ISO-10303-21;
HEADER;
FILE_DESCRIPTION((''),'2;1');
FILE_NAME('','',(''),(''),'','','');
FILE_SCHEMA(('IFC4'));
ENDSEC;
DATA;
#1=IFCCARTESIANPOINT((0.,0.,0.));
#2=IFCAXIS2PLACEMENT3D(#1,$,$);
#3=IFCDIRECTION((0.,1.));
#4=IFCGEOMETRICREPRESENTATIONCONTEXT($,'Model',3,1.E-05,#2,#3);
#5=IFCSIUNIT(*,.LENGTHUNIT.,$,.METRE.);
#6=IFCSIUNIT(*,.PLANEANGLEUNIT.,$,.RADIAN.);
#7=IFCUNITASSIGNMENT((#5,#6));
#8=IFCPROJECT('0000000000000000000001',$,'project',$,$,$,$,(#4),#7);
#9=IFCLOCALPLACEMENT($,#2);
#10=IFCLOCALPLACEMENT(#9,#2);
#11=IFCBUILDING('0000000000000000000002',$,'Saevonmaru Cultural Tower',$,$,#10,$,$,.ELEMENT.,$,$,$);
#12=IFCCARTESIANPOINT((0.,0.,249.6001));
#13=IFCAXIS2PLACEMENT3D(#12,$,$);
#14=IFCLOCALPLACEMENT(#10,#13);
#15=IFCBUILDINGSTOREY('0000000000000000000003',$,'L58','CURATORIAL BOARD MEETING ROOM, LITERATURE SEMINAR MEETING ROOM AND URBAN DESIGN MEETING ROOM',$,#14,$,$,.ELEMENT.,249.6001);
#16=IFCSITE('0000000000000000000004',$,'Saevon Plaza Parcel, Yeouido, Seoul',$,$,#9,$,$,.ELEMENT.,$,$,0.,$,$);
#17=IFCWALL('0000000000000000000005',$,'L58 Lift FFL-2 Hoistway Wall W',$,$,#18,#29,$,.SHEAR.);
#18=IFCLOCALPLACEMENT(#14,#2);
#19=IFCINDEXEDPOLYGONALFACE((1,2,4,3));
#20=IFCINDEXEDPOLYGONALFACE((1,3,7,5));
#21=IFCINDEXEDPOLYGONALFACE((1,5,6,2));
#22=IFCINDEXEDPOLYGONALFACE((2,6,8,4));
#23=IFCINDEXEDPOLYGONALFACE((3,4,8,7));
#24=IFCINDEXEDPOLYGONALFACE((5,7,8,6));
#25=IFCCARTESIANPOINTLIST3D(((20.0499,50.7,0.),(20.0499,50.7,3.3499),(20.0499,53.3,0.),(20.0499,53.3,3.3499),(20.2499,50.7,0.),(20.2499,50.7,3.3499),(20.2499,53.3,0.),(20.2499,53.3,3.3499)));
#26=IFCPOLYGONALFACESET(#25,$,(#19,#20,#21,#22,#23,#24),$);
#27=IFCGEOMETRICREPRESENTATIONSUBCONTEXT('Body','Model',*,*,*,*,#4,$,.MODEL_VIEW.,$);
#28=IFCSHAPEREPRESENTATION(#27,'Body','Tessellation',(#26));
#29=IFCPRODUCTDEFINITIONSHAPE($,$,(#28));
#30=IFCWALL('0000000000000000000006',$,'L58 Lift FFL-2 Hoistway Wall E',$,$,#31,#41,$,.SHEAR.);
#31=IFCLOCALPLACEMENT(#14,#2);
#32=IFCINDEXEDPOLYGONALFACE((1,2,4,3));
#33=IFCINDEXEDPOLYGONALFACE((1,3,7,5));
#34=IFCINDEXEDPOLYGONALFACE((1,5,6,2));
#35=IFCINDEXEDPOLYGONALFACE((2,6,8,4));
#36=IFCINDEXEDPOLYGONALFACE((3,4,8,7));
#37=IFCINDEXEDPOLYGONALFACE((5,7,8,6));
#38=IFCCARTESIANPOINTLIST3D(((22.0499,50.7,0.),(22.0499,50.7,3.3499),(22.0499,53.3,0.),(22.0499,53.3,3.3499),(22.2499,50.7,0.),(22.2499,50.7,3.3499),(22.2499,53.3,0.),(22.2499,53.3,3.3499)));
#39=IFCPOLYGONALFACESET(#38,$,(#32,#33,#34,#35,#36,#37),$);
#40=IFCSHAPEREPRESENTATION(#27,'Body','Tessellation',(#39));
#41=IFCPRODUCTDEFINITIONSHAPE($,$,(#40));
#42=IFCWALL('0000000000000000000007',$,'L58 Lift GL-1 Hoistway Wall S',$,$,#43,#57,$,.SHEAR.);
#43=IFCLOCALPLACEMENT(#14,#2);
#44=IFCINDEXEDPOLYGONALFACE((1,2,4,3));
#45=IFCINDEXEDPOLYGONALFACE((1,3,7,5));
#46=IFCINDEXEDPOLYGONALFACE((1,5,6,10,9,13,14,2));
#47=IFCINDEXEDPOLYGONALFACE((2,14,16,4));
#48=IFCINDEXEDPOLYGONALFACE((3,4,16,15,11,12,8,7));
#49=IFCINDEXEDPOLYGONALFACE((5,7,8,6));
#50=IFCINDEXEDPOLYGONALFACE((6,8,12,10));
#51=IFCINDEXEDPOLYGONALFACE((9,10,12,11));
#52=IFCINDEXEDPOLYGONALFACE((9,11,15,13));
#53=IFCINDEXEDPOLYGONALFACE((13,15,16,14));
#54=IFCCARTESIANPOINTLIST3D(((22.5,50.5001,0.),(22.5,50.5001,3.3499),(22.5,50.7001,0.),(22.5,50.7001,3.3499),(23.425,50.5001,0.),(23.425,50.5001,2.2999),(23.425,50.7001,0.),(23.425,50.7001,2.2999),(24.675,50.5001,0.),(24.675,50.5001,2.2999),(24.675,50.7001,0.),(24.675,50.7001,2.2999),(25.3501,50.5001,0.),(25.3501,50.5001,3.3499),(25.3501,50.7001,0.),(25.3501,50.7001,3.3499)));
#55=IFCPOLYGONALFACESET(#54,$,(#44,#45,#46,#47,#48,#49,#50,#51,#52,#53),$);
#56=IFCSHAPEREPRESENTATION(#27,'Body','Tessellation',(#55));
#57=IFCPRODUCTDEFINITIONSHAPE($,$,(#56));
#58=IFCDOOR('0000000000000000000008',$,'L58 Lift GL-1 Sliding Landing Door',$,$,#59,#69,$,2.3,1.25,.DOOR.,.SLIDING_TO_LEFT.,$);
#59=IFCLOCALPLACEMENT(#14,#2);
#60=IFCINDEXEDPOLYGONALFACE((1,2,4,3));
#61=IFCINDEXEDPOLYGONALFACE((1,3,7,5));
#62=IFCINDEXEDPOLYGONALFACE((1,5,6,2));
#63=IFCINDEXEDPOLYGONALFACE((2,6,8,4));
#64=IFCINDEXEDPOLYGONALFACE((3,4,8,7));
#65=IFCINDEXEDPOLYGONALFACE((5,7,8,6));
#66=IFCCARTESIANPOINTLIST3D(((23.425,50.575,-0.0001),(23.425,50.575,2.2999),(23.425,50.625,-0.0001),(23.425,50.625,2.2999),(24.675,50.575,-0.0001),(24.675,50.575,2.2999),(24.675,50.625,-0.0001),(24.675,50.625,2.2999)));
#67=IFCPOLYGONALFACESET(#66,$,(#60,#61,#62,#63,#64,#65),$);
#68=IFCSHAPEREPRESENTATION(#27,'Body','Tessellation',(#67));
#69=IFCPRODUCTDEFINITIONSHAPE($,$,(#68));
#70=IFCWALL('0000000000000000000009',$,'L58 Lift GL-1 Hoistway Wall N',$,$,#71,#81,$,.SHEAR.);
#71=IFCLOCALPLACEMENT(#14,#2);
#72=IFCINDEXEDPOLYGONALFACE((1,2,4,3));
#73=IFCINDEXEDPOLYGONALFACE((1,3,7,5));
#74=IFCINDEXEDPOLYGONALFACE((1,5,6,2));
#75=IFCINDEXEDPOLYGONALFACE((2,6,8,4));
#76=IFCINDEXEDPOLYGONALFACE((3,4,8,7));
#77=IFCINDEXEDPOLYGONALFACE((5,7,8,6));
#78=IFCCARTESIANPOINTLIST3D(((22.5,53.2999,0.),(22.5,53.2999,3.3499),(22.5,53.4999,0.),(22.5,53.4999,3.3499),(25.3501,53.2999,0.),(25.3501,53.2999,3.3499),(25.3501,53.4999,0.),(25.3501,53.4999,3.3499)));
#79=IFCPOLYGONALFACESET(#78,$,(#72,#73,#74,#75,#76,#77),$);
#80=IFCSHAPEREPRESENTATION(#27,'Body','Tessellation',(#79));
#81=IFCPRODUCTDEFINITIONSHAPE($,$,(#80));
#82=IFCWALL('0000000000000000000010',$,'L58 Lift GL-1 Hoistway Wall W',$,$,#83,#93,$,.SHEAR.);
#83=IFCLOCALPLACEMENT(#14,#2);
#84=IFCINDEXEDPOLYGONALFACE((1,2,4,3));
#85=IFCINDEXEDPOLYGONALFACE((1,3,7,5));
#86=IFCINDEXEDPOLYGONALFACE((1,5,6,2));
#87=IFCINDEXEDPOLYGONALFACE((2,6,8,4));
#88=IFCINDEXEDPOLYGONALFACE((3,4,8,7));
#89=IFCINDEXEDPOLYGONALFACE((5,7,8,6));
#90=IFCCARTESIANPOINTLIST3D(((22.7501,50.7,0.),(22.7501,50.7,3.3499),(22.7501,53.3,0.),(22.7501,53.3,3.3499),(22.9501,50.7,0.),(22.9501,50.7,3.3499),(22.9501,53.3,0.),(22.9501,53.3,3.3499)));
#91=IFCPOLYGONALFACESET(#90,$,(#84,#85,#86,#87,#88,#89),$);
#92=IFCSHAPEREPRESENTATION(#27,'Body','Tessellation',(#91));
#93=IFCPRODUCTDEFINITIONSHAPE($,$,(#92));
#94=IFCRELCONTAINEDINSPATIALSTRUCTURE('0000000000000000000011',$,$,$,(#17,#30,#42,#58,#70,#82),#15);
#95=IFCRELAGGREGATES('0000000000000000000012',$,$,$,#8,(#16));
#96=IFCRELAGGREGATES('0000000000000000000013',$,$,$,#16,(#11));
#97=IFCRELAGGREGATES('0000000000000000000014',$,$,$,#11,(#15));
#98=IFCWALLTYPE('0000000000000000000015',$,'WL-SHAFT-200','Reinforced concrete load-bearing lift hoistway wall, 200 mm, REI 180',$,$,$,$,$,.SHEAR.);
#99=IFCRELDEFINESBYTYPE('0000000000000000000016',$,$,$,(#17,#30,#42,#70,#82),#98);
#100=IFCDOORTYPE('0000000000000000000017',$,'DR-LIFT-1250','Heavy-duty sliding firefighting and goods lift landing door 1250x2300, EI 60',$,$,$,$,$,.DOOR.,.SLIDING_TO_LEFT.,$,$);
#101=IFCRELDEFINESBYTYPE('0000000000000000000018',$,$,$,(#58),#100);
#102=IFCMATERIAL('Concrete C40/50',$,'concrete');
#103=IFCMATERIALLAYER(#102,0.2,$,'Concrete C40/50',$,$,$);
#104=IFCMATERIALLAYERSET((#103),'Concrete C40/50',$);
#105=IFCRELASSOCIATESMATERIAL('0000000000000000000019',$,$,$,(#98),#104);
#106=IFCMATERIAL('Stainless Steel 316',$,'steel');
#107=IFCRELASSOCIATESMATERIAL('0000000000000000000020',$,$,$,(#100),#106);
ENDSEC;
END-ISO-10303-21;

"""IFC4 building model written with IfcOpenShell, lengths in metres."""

from ifc_helpers import new_model, si_unit, direction, frame, frame_2d, origin, place, context, subcontext, project, spatial, rectangle, extrude, material, layer, layer_set, type_object, element, fill, save


model = new_model("IFC4")

# Units and contexts
model_context = context("Model", 3, precision=1e-05, world=origin(), true_north=direction((0.0, 1.0)))
body_context = subcontext(model_context, "Body", "Model", "MODEL_VIEW")
ifc_project = project(units=[si_unit("LENGTHUNIT", "METRE"), si_unit("PLANEANGLEUNIT", "RADIAN")], contexts=[model_context])

# Site, building, storey
site_placement = place(None, origin())
site = spatial("IfcSite", under=ifc_project, at=site_placement, Name="Saevon Plaza Parcel, Yeouido, Seoul", CompositionType="ELEMENT", RefElevation=0.0)
building_placement = place(site_placement, origin())
building = spatial("IfcBuilding", under=site, at=building_placement, Name="Saevonmaru Cultural Tower", CompositionType="ELEMENT")
storey_placement = place(building_placement, frame((0.0, 0.0, 249.6001)))
storey = spatial("IfcBuildingStorey", under=building, at=storey_placement, Name="L58", Description="CURATORIAL BOARD MEETING ROOM, LITERATURE SEMINAR MEETING ROOM AND URBAN DESIGN MEETING ROOM", CompositionType="ELEMENT", Elevation=249.6001)

# Shared definitions
ifc_material_1 = material(Name="Concrete C40/50", Category="concrete")
ifc_layer_1 = layer(ifc_material_1, 0.2, Name="Concrete C40/50")
ifc_layer_set_1 = layer_set([ifc_layer_1], Name="Concrete C40/50")
wall_type_1 = type_object("IfcWallType", Name="WL-SHAFT-200", Description="Reinforced concrete load-bearing lift hoistway wall, 200 mm, REI 180", PredefinedType="SHEAR", material=ifc_layer_set_1)
ifc_material_2 = material(Name="Stainless Steel 316", Category="steel")
door_type = type_object("IfcDoorType", Name="DR-LIFT-1250", Description="Heavy-duty sliding firefighting and goods lift landing door 1250x2300, EI 60", OperationType="SLIDING_TO_LEFT", PredefinedType="DOOR", material=ifc_material_2)

# Walls
for number, where, z_axis, x_axis, name in (
    (1, (20.1499, 50.7, 0.0), (0.0, 0.0, 1.0), (0.0, 1.0, 0.0), "L58 Lift FFL-2 Hoistway Wall W"),
    (2, (22.1499, 50.7, 0.0), (0.0, 0.0, 1.0), (0.0, 1.0, 0.0), "L58 Lift FFL-2 Hoistway Wall E"),
):
    element("IfcWall", number, at=place(storey_placement, frame(where, z_axis=z_axis, x_axis=x_axis)), inside=storey, type_object=wall_type_1, Name=name, PredefinedType="SHEAR", context=body_context, shape_type="SweptSolid", body=[
        extrude(rectangle(XDim=2.6001, YDim=0.2, at=frame_2d((1.3, 0.0))), origin(), (0.0, 0.0, 1.0), 3.3499),
    ])

# Wall, opening, door
wall_1_placement = place(storey_placement, frame((22.5, 50.6001, 0.0), z_axis=(0.0, 0.0, 1.0), x_axis=(1.0, 0.0, 0.0)))
wall_1 = element("IfcWall", 3, at=wall_1_placement, inside=storey, type_object=wall_type_1, Name="L58 Lift GL-1 Hoistway Wall S", PredefinedType="SHEAR", context=body_context, shape_type="SweptSolid", body=[
    extrude(rectangle(XDim=2.8501, YDim=0.2, at=frame_2d((1.425, 0.0))), origin(), (0.0, 0.0, 1.0), 3.3499),
])
opening_1_placement = place(wall_1_placement, frame((0.925, 0.0, 0.0)))
opening_1 = element("IfcOpeningElement", 4, at=opening_1_placement, cuts=wall_1, PredefinedType="OPENING", context=body_context, shape_type="SweptSolid", body=[
    extrude(rectangle(XDim=1.25, YDim=2.3, at=frame_2d((0.625, 1.1499))), frame((0.0, 0.1099, 0.0), z_axis=(0.0, -1.0, 0.0), x_axis=(1.0, 0.0, 0.0)), (0.0, 0.0, 1.0), 0.22),
])
door_1_placement = place(opening_1_placement, origin())
door_1 = element("IfcDoor", 5, at=door_1_placement, inside=storey, type_object=door_type, Name="L58 Lift GL-1 Sliding Landing Door", OperationType="SLIDING_TO_LEFT", OverallHeight=2.3, OverallWidth=1.25, PredefinedType="DOOR", context=body_context, shape_type="SweptSolid", body=[
    extrude(rectangle(XDim=1.25, YDim=2.3, at=frame_2d((0.625, 1.1499))), frame((0.0, 0.0249, 0.0), z_axis=(0.0, -1.0, 0.0), x_axis=(1.0, 0.0, 0.0)), (0.0, 0.0, 1.0), 0.05),
])
fill(opening_1, door_1)

# Walls
wall_2_placement = place(storey_placement, frame((22.5, 53.3999, 0.0), z_axis=(0.0, 0.0, 1.0), x_axis=(1.0, 0.0, 0.0)))
element("IfcWall", 6, at=wall_2_placement, inside=storey, type_object=wall_type_1, Name="L58 Lift GL-1 Hoistway Wall N", PredefinedType="SHEAR", context=body_context, shape_type="SweptSolid", body=[
    extrude(rectangle(XDim=2.8501, YDim=0.2, at=frame_2d((1.425, 0.0))), origin(), (0.0, 0.0, 1.0), 3.3499),
])
wall_3_placement = place(storey_placement, frame((22.8501, 50.7, 0.0), z_axis=(0.0, 0.0, 1.0), x_axis=(0.0, 1.0, 0.0)))
element("IfcWall", 7, at=wall_3_placement, inside=storey, type_object=wall_type_1, Name="L58 Lift GL-1 Hoistway Wall W", PredefinedType="SHEAR", context=body_context, shape_type="SweptSolid", body=[
    extrude(rectangle(XDim=2.6001, YDim=0.2, at=frame_2d((1.3, 0.0))), origin(), (0.0, 0.0, 1.0), 3.3499),
])

save(model, "model.ifc")
